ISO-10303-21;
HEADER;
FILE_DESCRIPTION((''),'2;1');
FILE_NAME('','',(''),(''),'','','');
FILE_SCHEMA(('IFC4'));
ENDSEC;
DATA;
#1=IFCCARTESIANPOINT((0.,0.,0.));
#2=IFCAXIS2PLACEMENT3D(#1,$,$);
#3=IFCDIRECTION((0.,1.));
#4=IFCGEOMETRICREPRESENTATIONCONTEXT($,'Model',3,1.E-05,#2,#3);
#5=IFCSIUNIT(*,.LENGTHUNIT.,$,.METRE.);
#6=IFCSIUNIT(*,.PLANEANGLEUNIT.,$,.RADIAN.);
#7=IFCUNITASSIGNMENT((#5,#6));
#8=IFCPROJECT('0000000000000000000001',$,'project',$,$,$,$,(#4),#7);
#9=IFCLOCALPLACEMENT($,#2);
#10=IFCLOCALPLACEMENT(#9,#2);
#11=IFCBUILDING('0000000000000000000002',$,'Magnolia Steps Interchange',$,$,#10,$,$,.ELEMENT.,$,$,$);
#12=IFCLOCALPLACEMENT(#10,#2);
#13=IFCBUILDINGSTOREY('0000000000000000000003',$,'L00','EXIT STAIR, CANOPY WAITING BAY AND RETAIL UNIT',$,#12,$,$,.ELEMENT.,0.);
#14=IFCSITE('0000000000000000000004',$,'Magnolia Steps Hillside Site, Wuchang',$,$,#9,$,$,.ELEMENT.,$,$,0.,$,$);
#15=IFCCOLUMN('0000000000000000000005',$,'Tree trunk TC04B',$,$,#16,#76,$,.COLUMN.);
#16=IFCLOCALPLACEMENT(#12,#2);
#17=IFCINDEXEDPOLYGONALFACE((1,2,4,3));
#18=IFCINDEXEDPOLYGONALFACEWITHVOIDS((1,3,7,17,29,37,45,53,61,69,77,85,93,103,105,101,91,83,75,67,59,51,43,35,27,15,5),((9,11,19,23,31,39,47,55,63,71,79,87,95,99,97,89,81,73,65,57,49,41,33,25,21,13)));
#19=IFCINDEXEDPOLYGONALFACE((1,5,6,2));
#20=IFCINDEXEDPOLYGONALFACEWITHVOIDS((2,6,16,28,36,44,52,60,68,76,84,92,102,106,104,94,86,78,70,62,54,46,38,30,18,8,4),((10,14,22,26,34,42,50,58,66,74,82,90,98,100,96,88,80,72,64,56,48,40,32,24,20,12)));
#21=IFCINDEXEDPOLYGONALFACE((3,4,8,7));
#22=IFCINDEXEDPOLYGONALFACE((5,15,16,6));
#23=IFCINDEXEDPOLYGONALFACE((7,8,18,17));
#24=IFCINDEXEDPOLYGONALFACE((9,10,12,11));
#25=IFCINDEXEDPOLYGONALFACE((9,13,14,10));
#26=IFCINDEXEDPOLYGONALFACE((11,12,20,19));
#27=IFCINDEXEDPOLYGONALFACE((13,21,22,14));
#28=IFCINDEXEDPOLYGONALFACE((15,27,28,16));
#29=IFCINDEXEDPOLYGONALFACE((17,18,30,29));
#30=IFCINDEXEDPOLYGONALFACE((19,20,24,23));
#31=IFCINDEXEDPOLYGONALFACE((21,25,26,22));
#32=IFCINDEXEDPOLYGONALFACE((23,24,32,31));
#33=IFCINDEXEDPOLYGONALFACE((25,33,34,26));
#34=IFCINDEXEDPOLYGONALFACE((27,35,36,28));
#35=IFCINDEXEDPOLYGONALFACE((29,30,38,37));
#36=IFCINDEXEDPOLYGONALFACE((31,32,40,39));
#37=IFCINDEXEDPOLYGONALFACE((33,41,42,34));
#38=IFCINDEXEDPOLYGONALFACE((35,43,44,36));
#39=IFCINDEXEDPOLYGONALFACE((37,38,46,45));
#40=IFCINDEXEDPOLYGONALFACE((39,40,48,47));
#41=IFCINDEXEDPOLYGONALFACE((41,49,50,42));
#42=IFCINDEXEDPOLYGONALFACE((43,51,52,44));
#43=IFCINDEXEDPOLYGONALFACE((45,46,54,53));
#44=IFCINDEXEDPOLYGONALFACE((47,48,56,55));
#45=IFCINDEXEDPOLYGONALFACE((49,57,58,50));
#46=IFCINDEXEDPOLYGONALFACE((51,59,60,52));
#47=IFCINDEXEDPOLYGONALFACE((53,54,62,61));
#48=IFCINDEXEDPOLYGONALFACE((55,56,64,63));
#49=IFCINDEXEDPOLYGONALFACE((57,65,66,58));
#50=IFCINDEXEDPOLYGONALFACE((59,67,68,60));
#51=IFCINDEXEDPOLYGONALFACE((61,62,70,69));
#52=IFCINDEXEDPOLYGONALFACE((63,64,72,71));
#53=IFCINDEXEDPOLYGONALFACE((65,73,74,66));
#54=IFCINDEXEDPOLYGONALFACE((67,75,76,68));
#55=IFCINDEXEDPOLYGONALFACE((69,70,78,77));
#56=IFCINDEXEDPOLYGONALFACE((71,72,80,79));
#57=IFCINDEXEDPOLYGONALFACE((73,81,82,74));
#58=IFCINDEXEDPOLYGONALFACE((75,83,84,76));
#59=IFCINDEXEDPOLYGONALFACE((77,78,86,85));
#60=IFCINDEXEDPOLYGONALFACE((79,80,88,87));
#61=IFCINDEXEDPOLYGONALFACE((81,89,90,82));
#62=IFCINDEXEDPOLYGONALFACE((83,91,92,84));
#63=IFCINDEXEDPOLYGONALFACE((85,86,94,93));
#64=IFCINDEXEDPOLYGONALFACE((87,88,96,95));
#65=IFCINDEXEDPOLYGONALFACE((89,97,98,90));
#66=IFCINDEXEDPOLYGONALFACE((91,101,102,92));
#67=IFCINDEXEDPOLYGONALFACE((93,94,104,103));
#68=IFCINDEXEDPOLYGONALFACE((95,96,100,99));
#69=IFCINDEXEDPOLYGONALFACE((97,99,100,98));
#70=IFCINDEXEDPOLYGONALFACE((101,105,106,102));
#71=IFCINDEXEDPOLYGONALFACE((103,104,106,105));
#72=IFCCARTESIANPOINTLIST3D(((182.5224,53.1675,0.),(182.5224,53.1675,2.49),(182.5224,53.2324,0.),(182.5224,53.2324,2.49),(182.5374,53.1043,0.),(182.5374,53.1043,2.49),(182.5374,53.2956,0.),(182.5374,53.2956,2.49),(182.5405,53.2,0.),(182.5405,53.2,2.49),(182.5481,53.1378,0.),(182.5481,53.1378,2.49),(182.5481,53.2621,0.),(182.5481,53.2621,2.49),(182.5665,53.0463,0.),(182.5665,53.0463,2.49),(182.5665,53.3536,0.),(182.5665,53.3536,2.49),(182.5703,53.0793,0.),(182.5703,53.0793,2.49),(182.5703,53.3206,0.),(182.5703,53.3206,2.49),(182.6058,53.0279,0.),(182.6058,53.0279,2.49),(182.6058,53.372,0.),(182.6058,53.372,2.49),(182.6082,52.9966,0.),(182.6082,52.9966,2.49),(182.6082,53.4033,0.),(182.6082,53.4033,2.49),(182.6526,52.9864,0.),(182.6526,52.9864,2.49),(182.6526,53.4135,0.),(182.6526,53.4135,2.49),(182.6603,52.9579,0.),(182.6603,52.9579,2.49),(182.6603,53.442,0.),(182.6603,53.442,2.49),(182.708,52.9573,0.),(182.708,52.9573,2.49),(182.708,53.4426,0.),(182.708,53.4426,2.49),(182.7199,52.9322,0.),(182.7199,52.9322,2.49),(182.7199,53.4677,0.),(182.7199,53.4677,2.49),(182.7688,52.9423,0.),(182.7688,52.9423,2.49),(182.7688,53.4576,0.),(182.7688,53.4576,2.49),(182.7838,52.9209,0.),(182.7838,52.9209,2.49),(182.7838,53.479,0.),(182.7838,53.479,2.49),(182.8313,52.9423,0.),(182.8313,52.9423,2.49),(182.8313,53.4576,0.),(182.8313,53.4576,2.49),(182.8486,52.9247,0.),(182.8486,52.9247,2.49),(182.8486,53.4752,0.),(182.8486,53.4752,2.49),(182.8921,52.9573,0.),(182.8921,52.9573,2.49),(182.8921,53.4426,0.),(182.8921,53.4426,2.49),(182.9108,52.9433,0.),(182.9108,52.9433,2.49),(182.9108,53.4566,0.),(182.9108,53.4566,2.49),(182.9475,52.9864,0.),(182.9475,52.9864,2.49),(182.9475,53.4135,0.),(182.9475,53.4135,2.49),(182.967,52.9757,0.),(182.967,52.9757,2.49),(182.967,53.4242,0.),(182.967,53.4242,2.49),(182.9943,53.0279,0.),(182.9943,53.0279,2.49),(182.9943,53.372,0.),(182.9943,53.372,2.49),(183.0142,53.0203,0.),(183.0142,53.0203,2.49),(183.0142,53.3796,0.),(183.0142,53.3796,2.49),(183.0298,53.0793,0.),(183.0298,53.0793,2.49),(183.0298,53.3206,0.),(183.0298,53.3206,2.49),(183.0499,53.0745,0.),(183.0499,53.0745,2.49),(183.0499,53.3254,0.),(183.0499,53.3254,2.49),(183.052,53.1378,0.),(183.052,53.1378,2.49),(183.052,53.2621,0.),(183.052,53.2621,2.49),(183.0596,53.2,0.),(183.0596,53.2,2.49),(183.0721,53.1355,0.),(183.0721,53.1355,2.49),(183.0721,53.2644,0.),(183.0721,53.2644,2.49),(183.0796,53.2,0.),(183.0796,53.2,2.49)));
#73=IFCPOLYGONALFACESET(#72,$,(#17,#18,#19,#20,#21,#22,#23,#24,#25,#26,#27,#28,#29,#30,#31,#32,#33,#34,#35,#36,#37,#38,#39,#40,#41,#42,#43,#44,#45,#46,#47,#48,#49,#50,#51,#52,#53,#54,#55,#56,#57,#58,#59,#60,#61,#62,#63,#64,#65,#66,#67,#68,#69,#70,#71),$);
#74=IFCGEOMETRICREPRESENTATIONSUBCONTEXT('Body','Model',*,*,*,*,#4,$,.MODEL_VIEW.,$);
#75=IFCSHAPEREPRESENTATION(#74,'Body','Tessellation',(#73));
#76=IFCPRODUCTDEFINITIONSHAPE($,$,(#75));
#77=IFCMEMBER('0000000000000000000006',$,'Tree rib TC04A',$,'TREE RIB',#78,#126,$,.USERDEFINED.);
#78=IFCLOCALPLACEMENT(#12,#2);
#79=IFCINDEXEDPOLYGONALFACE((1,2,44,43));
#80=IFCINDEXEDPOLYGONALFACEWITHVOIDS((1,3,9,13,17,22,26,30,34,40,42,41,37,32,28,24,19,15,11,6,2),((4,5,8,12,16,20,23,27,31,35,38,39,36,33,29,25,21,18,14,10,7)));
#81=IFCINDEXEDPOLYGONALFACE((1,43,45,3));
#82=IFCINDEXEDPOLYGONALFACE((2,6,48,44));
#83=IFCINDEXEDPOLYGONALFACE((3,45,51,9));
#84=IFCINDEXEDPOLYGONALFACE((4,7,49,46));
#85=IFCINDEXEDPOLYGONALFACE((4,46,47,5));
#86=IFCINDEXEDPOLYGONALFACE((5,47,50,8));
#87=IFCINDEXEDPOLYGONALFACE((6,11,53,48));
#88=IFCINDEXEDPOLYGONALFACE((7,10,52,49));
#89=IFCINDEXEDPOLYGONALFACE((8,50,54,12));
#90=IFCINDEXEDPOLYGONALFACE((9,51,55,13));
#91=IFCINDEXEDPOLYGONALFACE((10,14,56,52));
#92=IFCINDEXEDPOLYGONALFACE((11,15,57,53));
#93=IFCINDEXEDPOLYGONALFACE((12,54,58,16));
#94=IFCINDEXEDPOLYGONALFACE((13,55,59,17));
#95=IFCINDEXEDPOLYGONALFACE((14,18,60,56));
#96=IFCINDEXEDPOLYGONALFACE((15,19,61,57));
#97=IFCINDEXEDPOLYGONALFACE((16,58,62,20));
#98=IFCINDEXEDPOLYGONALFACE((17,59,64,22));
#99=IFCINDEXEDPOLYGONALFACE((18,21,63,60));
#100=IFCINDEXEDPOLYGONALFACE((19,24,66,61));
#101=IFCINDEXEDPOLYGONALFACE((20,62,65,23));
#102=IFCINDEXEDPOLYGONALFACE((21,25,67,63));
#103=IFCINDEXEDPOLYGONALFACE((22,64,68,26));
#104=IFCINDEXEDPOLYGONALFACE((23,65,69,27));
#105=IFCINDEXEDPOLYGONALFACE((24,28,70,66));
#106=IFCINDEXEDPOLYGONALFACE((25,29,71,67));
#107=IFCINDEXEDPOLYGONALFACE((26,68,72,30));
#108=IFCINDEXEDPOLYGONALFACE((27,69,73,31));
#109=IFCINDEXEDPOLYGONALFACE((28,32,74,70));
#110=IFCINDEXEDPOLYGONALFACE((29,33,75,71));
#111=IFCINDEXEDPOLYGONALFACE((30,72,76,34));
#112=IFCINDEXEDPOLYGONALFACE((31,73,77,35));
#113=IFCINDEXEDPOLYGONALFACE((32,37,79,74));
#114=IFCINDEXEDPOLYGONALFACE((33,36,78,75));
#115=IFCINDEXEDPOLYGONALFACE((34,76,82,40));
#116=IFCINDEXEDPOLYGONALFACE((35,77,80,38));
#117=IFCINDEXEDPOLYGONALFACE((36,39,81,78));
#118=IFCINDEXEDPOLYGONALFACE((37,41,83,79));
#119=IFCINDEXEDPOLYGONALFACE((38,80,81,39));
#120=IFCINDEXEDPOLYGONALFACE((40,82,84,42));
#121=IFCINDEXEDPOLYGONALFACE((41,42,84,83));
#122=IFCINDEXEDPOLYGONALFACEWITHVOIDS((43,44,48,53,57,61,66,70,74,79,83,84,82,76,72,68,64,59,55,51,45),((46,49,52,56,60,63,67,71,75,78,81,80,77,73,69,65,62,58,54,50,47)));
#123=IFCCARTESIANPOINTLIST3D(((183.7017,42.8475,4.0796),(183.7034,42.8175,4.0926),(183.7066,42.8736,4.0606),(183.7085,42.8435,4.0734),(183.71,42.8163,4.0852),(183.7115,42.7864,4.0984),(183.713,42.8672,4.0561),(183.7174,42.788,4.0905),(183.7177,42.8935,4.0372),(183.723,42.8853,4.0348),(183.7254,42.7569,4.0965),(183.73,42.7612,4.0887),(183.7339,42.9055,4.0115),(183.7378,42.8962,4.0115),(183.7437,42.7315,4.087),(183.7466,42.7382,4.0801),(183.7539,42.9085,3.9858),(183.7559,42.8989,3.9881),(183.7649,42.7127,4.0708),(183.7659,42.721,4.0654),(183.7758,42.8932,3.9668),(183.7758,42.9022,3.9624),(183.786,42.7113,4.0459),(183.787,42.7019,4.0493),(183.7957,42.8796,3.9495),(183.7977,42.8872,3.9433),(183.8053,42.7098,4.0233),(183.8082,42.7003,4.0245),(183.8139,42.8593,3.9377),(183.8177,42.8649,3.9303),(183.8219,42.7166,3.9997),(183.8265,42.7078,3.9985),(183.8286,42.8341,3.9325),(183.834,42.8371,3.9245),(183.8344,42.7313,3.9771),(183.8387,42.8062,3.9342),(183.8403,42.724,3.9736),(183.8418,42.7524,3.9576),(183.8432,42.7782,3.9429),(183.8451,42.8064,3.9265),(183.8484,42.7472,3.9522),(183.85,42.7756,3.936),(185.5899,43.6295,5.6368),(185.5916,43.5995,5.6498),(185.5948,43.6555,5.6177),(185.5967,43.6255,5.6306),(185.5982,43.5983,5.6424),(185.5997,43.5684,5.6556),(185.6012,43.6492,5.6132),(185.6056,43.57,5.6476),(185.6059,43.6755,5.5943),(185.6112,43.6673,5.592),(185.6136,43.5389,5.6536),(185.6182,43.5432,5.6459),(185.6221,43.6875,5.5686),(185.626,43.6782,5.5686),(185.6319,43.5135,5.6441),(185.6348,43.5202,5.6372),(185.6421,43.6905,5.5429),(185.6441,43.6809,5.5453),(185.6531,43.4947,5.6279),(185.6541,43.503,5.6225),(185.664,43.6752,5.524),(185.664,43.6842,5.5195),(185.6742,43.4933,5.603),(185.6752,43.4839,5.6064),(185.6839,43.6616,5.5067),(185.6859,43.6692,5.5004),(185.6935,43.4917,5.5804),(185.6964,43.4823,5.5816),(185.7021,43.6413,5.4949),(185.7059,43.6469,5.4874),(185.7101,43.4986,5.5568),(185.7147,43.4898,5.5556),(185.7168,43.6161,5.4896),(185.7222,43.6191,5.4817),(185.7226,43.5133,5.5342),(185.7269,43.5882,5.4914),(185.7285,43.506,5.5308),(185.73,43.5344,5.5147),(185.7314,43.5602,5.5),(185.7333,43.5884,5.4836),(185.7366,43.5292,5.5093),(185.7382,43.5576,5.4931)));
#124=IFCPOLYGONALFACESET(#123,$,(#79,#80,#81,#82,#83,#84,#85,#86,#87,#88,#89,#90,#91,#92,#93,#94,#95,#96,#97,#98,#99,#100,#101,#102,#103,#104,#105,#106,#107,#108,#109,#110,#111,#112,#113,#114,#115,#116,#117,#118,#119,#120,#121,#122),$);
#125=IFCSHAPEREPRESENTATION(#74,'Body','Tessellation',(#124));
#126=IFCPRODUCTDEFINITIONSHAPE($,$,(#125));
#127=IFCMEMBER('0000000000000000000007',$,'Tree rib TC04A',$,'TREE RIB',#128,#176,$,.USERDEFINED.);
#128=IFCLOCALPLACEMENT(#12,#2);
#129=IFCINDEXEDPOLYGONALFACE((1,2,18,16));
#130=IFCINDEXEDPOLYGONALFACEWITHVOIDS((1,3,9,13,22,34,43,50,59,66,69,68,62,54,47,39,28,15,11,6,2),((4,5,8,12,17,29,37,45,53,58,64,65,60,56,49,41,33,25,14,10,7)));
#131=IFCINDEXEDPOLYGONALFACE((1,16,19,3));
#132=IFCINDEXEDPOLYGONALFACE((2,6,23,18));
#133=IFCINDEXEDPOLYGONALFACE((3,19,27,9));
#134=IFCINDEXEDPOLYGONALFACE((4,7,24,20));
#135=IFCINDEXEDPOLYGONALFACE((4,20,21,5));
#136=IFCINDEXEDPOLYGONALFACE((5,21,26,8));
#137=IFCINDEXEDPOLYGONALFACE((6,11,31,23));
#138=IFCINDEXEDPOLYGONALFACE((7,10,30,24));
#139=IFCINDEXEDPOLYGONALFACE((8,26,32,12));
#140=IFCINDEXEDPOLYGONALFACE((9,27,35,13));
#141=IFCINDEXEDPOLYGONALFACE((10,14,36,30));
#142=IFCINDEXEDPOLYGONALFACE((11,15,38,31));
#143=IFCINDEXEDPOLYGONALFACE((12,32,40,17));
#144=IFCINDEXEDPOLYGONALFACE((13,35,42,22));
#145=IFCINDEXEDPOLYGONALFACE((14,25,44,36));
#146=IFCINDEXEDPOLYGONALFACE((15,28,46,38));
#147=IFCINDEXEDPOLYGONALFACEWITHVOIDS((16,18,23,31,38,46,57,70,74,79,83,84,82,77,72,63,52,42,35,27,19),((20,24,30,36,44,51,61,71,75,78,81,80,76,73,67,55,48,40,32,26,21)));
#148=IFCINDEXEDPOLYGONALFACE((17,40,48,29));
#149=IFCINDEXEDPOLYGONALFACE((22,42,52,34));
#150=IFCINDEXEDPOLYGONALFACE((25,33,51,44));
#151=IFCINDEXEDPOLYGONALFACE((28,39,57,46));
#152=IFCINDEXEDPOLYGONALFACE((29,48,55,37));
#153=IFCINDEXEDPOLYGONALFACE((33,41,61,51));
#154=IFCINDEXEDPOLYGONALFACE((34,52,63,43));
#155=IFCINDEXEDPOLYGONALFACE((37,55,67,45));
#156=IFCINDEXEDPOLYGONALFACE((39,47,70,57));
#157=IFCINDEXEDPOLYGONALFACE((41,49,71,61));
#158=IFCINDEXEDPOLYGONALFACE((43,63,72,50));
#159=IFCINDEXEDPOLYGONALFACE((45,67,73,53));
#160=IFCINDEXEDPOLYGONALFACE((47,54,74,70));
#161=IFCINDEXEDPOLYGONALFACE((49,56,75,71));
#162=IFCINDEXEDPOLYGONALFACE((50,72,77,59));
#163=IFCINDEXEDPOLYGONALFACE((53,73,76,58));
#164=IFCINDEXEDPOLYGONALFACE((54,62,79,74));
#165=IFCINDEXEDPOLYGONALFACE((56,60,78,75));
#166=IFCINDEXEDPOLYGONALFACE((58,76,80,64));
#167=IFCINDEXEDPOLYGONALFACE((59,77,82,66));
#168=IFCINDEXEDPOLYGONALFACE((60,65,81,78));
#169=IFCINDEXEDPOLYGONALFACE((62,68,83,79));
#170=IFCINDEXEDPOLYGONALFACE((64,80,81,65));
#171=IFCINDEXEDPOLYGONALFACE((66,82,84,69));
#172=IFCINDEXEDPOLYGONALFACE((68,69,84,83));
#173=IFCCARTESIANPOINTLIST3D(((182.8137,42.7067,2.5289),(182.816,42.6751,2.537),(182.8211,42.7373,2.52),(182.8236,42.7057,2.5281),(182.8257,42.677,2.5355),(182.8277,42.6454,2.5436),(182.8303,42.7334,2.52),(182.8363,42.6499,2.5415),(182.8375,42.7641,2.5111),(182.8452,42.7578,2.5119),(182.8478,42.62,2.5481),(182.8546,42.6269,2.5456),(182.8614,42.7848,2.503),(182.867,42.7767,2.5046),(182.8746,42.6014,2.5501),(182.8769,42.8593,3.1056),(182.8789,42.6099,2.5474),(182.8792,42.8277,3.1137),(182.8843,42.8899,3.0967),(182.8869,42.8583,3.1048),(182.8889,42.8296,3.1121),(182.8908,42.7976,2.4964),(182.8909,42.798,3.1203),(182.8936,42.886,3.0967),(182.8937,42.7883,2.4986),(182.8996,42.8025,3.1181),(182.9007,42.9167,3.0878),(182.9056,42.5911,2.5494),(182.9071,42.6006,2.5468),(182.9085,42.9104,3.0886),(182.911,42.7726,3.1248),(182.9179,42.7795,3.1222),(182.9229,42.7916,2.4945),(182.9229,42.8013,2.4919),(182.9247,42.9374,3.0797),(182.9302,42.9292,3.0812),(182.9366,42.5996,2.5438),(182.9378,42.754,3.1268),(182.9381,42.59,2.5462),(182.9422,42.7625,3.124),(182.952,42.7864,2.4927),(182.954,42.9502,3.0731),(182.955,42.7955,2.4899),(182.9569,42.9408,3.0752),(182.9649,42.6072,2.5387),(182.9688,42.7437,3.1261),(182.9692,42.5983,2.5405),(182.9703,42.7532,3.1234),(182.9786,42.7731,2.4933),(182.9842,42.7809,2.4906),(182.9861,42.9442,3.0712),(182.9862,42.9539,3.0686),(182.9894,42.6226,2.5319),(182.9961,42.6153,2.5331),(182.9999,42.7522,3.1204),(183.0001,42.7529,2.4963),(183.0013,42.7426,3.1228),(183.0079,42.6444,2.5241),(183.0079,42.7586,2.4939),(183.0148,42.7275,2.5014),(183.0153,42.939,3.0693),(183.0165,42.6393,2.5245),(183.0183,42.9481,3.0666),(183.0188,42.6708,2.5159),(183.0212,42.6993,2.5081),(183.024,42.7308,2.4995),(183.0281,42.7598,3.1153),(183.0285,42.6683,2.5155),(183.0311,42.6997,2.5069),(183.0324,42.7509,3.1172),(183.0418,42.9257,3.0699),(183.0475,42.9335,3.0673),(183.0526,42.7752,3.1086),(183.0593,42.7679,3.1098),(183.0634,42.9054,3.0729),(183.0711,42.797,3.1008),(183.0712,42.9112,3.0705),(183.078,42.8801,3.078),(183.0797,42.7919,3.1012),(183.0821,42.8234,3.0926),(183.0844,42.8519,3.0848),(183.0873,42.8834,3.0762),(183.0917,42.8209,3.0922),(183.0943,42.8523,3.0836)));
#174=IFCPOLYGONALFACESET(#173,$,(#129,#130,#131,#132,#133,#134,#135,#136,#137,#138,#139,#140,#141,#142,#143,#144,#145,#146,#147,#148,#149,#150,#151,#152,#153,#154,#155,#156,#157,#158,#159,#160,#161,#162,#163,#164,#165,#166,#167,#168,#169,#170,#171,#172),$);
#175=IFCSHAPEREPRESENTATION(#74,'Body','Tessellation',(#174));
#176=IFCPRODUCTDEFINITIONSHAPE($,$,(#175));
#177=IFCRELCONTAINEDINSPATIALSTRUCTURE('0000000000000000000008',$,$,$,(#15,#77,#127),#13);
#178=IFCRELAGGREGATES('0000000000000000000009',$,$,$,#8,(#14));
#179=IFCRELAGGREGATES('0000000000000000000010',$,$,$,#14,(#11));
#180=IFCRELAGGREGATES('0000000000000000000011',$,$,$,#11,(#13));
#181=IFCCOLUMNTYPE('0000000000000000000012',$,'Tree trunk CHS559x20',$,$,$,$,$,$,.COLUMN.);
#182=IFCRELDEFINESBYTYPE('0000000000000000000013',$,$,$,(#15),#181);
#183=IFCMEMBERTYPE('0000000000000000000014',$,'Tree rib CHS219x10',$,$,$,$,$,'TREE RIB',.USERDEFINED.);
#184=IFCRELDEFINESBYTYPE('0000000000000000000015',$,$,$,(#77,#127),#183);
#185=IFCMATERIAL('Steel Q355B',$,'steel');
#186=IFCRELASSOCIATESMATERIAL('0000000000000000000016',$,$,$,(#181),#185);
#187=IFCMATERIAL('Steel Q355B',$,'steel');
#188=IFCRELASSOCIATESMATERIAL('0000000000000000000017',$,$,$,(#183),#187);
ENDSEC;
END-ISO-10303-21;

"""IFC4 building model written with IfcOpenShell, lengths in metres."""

from ifc_helpers import new_model, si_unit, direction, frame, origin, origin_2d, place, context, subcontext, project, spatial, hollow_circle, extrude, material, material_profile, profile_set, type_object, element, save


model = new_model("IFC4")

# Units and contexts
model_context = context("Model", 3, precision=1e-05, world=origin(), true_north=direction((0.0, 1.0)))
body_context = subcontext(model_context, "Body", "Model", "MODEL_VIEW")
ifc_project = project(units=[si_unit("LENGTHUNIT", "METRE"), si_unit("PLANEANGLEUNIT", "RADIAN")], contexts=[model_context])

# Site, building, storey
site_placement = place(None, origin())
site = spatial("IfcSite", under=ifc_project, at=site_placement, Name="Magnolia Steps Hillside Site, Wuchang", CompositionType="ELEMENT", RefElevation=0.0)
building_placement = place(site_placement, origin())
building = spatial("IfcBuilding", under=site, at=building_placement, Name="Magnolia Steps Interchange", CompositionType="ELEMENT")
storey_placement = place(building_placement, origin())
storey = spatial("IfcBuildingStorey", under=building, at=storey_placement, Name="L00", Description="EXIT STAIR, CANOPY WAITING BAY AND RETAIL UNIT", CompositionType="ELEMENT", Elevation=0.0)

# Column
ifc_material_1 = material(Name="Steel Q355B", Category="steel")
ifc_material_profile_1 = material_profile(ifc_material_1, hollow_circle(Radius=0.2795, WallThickness=0.02, at=origin_2d()), Name="CHS559x20")
ifc_profile_set_1 = profile_set([ifc_material_profile_1], Name="Steel Q355B")
column_type = type_object("IfcColumnType", Name="Tree trunk CHS559x20", PredefinedType="COLUMN", material=ifc_profile_set_1)
column_placement = place(storey_placement, frame((182.8, 53.2, 0.0), z_axis=(0.0, 0.0, 1.0), x_axis=(1.0, 0.0, 0.0)))
element("IfcColumn", 1, at=column_placement, inside=storey, type_object=column_type, Name="Tree trunk TC04B", PredefinedType="COLUMN", context=body_context, shape_type="SweptSolid", body=[
    extrude(hollow_circle(Radius=0.2795, WallThickness=0.02, at=origin_2d()), origin(), (0.0, 0.0, 1.0), 2.49),
])

# Members
ifc_material_2 = material(Name="Steel Q355B", Category="steel")
ifc_material_profile_2 = material_profile(ifc_material_2, hollow_circle(Radius=0.1096, WallThickness=0.01, at=origin_2d()), Name="CHS219x10")
ifc_profile_set_2 = profile_set([ifc_material_profile_2], Name="Steel Q355B")
member_type = type_object("IfcMemberType", Name="Tree rib CHS219x10", ElementType="TREE RIB", PredefinedType="USERDEFINED", material=ifc_profile_set_2)
member_1_placement = place(storey_placement, frame((183.7759, 42.8042, 4.0115), z_axis=(0.734897, 0.304354, 0.606048), x_axis=(-0.38263, 0.923902, 0.0)))
element("IfcMember", 2, at=member_1_placement, inside=storey, type_object=member_type, Name="Tree rib TC04A", ObjectType="TREE RIB", PredefinedType="USERDEFINED", context=body_context, shape_type="SweptSolid", body=[
    extrude(hollow_circle(Radius=0.1096, WallThickness=0.01, at=origin_2d()), origin(), (0.0, 0.0, 1.0), 2.5693),
])
member_2_placement = place(storey_placement, frame((182.9224, 42.6953, 2.52), z_axis=(0.105414, 0.254377, 0.961343), x_axis=(-0.923819, 0.38283, 0.0)))
element("IfcMember", 3, at=member_2_placement, inside=storey, type_object=member_type, Name="Tree rib TC04A", ObjectType="TREE RIB", PredefinedType="USERDEFINED", context=body_context, shape_type="SweptSolid", body=[
    extrude(hollow_circle(Radius=0.1096, WallThickness=0.01, at=origin_2d()), origin(), (0.0, 0.0, 1.0), 0.5999),
])

save(model, "model.ifc")
